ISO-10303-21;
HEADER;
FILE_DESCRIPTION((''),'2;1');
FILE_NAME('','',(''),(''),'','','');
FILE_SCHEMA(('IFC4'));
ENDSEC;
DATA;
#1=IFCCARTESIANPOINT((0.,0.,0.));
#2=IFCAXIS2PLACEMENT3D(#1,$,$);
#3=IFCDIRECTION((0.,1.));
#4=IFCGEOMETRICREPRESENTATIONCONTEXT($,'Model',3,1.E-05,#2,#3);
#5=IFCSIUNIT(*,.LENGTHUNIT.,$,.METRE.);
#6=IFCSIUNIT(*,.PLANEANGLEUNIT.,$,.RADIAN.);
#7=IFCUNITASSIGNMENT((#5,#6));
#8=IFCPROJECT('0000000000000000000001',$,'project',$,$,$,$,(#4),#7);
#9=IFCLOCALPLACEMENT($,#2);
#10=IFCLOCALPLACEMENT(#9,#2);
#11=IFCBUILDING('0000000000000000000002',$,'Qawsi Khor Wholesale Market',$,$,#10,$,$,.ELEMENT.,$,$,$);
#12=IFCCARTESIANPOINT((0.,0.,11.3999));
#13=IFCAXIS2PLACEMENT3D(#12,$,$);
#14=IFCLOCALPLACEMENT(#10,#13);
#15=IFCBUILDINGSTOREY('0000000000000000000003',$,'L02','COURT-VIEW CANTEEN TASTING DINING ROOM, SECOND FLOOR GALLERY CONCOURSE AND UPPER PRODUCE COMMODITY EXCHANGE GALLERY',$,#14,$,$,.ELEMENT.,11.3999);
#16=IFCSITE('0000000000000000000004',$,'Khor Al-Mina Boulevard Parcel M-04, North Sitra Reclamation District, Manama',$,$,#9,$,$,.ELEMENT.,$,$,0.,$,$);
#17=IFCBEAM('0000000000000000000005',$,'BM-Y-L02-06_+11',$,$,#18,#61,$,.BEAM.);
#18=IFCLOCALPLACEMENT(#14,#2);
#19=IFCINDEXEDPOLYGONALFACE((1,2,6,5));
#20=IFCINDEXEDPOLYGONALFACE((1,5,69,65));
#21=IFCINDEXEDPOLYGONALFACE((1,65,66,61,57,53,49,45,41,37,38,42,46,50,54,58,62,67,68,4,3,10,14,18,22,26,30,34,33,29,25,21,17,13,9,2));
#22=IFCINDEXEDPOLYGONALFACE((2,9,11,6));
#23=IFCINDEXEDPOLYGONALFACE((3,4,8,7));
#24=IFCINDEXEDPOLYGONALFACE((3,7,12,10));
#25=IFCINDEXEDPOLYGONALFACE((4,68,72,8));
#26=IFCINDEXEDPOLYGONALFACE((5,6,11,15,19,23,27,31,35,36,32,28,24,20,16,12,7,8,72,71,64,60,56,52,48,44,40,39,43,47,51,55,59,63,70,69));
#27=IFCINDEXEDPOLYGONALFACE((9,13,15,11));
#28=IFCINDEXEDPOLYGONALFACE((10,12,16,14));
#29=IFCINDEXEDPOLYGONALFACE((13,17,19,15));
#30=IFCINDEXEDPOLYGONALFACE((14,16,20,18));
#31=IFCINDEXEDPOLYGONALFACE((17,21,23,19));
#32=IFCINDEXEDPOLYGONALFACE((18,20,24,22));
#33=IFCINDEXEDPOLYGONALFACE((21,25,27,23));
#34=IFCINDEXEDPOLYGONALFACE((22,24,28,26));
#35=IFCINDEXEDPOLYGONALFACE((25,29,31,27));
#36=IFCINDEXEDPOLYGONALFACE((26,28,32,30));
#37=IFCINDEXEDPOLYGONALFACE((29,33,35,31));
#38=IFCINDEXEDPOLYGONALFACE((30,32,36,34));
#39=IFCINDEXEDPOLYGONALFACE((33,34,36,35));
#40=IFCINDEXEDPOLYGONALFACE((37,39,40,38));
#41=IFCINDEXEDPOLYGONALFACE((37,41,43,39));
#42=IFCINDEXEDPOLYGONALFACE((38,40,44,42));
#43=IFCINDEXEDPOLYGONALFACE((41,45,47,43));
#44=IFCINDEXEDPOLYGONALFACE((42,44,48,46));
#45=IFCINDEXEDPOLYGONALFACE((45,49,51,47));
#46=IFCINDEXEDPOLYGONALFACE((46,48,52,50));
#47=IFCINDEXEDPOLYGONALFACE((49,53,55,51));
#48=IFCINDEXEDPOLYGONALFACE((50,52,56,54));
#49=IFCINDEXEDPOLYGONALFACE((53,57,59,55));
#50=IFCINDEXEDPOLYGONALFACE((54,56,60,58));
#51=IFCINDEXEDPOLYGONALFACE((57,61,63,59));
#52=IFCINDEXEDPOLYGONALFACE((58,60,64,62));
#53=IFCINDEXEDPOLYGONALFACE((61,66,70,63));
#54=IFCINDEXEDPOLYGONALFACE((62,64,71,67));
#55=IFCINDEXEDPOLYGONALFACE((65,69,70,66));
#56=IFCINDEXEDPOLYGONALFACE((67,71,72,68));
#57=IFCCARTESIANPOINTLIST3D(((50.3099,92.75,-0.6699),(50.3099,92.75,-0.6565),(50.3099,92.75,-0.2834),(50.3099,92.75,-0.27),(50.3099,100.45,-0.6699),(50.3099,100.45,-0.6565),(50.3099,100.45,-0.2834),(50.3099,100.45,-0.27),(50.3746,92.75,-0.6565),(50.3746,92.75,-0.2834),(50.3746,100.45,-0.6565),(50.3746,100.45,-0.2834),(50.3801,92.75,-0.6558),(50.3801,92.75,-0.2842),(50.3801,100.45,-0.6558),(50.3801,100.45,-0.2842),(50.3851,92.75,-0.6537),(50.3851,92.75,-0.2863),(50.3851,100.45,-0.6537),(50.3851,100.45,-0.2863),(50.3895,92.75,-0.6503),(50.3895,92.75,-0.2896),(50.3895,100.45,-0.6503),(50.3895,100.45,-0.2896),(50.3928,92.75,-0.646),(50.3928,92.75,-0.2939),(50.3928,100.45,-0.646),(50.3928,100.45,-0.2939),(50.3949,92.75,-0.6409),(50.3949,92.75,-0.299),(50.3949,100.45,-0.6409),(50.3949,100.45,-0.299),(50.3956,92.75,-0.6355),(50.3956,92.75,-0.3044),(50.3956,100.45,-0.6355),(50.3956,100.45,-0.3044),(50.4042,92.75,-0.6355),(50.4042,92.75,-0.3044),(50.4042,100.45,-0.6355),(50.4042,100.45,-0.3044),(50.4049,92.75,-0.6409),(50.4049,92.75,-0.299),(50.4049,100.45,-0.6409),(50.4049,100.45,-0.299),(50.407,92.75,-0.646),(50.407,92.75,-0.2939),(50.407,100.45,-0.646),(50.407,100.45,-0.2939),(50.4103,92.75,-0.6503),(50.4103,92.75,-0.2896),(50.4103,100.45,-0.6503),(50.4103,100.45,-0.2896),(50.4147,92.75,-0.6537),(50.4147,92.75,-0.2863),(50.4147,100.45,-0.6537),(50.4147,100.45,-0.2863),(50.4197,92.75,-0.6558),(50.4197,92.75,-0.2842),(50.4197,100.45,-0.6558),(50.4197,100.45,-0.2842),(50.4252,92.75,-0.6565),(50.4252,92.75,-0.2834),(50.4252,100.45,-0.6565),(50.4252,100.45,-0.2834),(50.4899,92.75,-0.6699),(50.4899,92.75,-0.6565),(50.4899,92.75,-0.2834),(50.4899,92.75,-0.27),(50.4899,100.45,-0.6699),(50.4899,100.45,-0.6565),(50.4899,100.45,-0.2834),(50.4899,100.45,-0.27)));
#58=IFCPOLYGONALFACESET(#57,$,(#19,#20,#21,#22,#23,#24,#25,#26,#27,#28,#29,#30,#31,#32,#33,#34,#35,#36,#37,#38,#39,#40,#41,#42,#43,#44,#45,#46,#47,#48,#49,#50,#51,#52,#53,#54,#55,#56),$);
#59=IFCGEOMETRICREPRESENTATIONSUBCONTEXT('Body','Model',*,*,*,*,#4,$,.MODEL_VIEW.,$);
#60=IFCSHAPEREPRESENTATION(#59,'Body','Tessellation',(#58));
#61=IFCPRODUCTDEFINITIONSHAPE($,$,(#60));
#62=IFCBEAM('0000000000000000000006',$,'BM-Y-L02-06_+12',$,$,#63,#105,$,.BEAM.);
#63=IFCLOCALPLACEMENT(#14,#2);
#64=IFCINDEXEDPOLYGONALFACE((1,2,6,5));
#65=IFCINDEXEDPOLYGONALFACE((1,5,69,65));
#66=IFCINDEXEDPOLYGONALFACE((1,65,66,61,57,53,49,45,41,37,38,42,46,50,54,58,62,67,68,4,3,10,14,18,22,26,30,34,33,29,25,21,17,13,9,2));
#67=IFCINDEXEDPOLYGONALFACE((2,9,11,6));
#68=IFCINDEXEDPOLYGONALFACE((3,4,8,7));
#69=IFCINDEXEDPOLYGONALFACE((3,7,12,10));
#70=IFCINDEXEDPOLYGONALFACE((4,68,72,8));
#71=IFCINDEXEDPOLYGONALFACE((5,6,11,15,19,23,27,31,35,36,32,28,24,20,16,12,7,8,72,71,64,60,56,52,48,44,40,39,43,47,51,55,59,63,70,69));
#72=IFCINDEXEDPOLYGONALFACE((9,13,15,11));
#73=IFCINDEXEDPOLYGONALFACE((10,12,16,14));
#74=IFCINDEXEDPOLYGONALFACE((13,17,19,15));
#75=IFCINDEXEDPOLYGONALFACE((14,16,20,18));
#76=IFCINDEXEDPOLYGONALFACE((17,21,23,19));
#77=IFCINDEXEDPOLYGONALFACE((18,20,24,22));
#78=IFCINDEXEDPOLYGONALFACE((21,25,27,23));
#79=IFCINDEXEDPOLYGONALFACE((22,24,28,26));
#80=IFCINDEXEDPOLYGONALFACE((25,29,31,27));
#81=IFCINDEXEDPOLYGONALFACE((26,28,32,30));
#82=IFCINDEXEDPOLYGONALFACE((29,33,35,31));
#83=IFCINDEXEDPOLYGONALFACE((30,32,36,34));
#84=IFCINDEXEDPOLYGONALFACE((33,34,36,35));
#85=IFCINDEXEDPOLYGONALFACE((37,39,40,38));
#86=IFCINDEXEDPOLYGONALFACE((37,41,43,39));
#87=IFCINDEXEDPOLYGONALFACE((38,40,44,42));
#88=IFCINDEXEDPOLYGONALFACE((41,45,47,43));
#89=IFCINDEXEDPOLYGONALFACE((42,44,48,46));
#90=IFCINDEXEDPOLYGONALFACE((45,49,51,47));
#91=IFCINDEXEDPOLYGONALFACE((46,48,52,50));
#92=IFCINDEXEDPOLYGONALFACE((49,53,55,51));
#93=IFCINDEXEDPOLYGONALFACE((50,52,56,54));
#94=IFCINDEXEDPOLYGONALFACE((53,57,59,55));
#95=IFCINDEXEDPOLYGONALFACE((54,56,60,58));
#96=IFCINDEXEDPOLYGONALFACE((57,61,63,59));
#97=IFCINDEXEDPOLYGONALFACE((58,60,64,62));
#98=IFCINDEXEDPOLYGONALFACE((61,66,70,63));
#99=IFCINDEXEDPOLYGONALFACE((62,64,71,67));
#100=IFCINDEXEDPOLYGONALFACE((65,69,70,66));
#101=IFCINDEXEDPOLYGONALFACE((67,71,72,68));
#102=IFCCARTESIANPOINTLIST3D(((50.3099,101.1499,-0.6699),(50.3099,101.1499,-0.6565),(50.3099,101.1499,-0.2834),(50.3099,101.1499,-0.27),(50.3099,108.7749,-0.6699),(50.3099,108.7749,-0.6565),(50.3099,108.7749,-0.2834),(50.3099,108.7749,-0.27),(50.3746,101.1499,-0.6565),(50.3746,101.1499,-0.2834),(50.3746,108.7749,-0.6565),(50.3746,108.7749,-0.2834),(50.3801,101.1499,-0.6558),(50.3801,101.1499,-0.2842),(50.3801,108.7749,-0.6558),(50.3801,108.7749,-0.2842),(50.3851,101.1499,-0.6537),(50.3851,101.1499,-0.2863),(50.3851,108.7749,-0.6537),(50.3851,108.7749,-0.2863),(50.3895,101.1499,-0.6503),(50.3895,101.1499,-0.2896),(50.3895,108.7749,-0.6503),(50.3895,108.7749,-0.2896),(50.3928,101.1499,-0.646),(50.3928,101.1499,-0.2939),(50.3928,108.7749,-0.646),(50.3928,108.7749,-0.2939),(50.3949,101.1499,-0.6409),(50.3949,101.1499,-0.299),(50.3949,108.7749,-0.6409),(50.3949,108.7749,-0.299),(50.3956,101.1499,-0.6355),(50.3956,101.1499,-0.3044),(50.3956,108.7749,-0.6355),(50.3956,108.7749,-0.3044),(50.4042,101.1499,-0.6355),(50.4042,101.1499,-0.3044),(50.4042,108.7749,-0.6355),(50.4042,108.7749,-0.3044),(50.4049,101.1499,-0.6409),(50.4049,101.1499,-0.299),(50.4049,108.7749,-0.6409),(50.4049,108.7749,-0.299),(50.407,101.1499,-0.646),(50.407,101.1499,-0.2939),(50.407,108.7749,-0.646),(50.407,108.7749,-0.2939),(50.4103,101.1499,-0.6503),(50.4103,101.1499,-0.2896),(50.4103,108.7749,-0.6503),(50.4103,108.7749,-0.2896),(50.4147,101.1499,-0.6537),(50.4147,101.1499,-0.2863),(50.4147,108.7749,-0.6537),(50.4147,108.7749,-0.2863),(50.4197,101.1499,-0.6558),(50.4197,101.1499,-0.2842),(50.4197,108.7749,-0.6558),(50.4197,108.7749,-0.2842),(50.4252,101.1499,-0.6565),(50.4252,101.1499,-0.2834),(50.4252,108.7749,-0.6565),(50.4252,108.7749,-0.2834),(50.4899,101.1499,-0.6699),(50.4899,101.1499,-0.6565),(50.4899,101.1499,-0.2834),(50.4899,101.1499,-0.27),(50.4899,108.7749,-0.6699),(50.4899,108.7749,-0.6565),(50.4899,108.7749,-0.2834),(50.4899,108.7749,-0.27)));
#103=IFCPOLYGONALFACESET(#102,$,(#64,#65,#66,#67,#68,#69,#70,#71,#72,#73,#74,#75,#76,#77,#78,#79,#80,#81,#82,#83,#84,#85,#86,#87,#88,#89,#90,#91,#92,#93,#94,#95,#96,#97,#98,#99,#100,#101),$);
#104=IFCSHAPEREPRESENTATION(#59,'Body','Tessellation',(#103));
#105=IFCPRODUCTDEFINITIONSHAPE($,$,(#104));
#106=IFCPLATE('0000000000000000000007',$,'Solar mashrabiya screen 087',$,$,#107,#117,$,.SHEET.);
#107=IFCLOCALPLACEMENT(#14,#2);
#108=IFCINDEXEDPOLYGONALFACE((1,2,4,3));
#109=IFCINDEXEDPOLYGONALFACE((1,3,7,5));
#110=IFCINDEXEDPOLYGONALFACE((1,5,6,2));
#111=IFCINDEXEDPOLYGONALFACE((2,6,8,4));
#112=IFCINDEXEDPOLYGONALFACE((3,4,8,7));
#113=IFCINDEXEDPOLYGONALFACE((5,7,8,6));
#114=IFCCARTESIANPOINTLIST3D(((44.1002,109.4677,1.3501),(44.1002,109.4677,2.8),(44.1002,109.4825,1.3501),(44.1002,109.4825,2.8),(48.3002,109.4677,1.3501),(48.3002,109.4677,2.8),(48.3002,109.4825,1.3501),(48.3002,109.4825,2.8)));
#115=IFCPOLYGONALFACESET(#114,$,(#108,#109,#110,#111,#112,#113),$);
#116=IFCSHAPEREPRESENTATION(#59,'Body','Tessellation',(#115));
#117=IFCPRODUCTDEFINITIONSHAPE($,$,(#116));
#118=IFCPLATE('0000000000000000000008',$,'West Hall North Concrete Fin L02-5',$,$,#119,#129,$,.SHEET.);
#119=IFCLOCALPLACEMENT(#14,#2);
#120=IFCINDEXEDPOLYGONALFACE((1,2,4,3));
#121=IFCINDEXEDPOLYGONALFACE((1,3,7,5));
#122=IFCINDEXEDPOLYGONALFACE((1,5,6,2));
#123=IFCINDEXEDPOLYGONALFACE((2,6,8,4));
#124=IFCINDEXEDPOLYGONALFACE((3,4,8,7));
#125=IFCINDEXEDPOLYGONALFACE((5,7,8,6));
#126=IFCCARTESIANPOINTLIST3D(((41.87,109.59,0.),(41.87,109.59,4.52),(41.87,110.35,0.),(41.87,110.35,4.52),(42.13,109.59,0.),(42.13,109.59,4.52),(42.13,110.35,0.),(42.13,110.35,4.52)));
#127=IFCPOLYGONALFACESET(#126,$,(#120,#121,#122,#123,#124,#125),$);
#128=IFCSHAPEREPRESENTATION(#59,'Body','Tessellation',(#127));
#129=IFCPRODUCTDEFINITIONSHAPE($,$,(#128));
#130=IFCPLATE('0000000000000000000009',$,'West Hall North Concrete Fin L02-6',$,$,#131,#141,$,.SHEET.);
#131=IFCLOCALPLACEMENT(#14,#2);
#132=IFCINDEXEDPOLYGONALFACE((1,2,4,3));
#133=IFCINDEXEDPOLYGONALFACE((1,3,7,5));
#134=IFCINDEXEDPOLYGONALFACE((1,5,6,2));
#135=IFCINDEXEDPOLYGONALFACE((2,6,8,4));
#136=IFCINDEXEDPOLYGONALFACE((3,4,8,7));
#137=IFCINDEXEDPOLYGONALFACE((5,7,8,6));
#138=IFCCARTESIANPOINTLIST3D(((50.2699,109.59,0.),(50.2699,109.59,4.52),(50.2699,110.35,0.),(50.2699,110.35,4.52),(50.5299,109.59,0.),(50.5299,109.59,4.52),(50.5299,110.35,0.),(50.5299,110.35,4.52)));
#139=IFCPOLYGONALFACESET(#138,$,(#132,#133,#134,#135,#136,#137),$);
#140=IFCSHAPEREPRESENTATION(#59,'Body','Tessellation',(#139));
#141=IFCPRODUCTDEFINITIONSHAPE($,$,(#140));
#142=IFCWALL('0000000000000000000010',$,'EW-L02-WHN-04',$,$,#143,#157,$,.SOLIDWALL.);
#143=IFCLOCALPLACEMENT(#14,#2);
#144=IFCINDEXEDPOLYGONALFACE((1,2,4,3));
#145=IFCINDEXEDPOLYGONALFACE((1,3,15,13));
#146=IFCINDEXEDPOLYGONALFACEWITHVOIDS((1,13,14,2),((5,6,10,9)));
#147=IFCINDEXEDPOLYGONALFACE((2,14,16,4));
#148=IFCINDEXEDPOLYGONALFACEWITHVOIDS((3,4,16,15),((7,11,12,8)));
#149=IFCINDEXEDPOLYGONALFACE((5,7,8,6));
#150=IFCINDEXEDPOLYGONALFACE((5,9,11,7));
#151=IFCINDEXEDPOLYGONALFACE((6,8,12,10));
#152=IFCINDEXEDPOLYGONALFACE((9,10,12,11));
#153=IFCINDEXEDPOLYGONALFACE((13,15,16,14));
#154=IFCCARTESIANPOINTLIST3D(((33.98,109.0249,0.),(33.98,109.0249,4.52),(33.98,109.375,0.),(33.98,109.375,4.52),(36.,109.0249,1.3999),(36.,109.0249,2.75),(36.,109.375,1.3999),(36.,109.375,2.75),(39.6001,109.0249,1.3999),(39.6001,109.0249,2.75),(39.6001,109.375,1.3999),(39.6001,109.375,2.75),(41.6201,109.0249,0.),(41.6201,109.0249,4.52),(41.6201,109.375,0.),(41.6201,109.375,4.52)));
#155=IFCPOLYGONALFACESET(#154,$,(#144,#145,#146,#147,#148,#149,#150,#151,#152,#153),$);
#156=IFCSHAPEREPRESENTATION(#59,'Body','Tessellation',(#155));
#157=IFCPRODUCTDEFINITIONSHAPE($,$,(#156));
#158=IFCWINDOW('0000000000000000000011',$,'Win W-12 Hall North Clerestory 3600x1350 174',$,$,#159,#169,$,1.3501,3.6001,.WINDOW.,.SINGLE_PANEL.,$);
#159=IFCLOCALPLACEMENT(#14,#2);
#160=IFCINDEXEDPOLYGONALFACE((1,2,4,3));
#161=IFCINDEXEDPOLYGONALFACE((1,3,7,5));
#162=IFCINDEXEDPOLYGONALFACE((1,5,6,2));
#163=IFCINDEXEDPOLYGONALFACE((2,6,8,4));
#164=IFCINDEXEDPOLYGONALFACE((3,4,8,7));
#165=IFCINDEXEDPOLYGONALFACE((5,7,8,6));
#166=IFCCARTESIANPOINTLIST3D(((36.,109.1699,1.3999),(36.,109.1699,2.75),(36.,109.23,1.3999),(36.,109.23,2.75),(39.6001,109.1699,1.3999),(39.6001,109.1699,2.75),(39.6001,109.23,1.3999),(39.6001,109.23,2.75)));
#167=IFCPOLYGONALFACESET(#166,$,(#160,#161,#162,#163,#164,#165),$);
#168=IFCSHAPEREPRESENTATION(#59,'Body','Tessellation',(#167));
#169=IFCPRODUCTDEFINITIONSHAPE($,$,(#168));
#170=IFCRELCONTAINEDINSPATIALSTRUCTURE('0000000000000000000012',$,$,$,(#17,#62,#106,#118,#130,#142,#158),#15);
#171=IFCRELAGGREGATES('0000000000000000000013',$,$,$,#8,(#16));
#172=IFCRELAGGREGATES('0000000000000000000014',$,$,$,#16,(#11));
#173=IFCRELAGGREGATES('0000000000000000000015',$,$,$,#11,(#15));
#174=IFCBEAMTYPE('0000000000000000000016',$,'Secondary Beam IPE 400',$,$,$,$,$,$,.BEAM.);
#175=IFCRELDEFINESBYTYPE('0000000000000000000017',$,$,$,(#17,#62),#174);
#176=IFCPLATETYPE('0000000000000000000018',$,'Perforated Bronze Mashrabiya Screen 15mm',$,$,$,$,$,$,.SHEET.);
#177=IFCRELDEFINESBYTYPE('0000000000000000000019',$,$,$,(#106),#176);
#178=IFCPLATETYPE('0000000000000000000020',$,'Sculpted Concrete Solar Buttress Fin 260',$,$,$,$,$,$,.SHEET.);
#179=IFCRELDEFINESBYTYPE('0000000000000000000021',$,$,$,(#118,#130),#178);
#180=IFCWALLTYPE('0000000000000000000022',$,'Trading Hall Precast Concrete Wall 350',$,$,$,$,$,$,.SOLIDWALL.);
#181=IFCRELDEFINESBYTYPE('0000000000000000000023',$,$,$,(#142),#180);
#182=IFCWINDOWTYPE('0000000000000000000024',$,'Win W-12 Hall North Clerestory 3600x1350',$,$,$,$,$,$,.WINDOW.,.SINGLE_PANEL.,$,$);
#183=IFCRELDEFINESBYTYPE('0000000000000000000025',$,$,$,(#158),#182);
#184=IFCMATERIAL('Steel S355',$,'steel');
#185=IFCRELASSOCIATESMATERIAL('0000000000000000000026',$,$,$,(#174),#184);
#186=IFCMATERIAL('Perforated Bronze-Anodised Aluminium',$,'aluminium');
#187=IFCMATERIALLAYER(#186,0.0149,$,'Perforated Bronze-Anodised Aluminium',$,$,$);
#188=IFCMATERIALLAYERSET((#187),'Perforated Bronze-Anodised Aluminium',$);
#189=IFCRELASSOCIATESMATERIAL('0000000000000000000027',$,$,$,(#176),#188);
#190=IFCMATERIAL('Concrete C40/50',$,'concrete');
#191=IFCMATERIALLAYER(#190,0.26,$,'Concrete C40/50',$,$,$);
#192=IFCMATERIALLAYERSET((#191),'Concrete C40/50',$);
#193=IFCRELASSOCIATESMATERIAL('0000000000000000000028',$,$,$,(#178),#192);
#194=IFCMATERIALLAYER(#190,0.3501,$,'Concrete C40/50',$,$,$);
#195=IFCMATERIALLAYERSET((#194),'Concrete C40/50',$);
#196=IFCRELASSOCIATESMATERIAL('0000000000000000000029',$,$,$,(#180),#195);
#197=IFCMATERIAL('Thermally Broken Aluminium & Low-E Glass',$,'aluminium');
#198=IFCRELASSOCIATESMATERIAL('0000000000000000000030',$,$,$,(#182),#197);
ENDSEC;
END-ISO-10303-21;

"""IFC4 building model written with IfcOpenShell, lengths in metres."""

from ifc_helpers import new_model, si_unit, direction, frame, frame_2d, origin, origin_2d, place, context, subcontext, project, spatial, rectangle, i_section, extrude, material, layer, layer_set, material_profile, profile_set, type_object, element, fill, save


model = new_model("IFC4")

# Units and contexts
model_context = context("Model", 3, precision=1e-05, world=origin(), true_north=direction((0.0, 1.0)))
body_context = subcontext(model_context, "Body", "Model", "MODEL_VIEW")
ifc_project = project(units=[si_unit("LENGTHUNIT", "METRE"), si_unit("PLANEANGLEUNIT", "RADIAN")], contexts=[model_context])

# Site, building, storey
site_placement = place(None, origin())
site = spatial("IfcSite", under=ifc_project, at=site_placement, Name="Khor Al-Mina Boulevard Parcel M-04, North Sitra Reclamation District, Manama", CompositionType="ELEMENT", RefElevation=0.0)
building_placement = place(site_placement, origin())
building = spatial("IfcBuilding", under=site, at=building_placement, Name="Qawsi Khor Wholesale Market", CompositionType="ELEMENT")
storey_placement = place(building_placement, frame((0.0, 0.0, 11.3999)))
storey = spatial("IfcBuildingStorey", under=building, at=storey_placement, Name="L02", Description="COURT-VIEW CANTEEN TASTING DINING ROOM, SECOND FLOOR GALLERY CONCOURSE AND UPPER PRODUCE COMMODITY EXCHANGE GALLERY", CompositionType="ELEMENT", Elevation=11.3999)

# Shared definitions
ifc_material_1 = material(Name="Concrete C40/50", Category="concrete")

# Beams
ifc_material_2 = material(Name="Steel S355", Category="steel")
ifc_material_profile_1 = material_profile(ifc_material_2, i_section(OverallWidth=0.1799, OverallDepth=0.3999, WebThickness=0.0085, FlangeThickness=0.0134, FilletRadius=0.021, at=origin_2d()), Name="IPE 400")
ifc_profile_set_1 = profile_set([ifc_material_profile_1], Name="Steel S355")
beam_type_1 = type_object("IfcBeamType", Name="Secondary Beam IPE 400", PredefinedType="BEAM", material=ifc_profile_set_1)
beam_1_placement = place(storey_placement, frame((50.3999, 92.75, -0.47), z_axis=(0.0, 1.0, 0.0), x_axis=(-1.0, 0.0, 0.0)))
element("IfcBeam", 1, at=beam_1_placement, inside=storey, type_object=beam_type_1, Name="BM-Y-L02-06_+11", PredefinedType="BEAM", context=body_context, shape_type="SweptSolid", body=[
    extrude(i_section(OverallWidth=0.1799, OverallDepth=0.3999, WebThickness=0.0085, FlangeThickness=0.0134, FilletRadius=0.021, at=origin_2d()), origin(), (0.0, 0.0, 1.0), 7.7),
])
beam_2_placement = place(storey_placement, frame((50.3999, 101.1499, -0.47), z_axis=(0.0, 1.0, 0.0), x_axis=(-1.0, 0.0, 0.0)))
element("IfcBeam", 2, at=beam_2_placement, inside=storey, type_object=beam_type_1, Name="BM-Y-L02-06_+12", PredefinedType="BEAM", context=body_context, shape_type="SweptSolid", body=[
    extrude(i_section(OverallWidth=0.1799, OverallDepth=0.3999, WebThickness=0.0085, FlangeThickness=0.0134, FilletRadius=0.021, at=origin_2d()), origin(), (0.0, 0.0, 1.0), 7.625),
])

# Plates
ifc_material_3 = material(Name="Perforated Bronze-Anodised Aluminium", Category="aluminium")
ifc_layer_1 = layer(ifc_material_3, 0.0149, Name="Perforated Bronze-Anodised Aluminium")
ifc_layer_set_1 = layer_set([ifc_layer_1], Name="Perforated Bronze-Anodised Aluminium")
plate_type_1 = type_object("IfcPlateType", Name="Perforated Bronze Mashrabiya Screen 15mm", PredefinedType="SHEET", material=ifc_layer_set_1)
plate_placement = place(storey_placement, frame((44.1001, 109.4751, 1.3501), z_axis=(0.0, 0.0, 1.0), x_axis=(1.0, 0.0, 0.0)))
element("IfcPlate", 3, at=plate_placement, inside=storey, type_object=plate_type_1, Name="Solar mashrabiya screen 087", PredefinedType="SHEET", context=body_context, shape_type="SweptSolid", body=[
    extrude(rectangle(XDim=4.2, YDim=0.0149, at=frame_2d((2.1001, 0.0))), origin(), (0.0, 0.0, 1.0), 1.45),
])
ifc_layer_2 = layer(ifc_material_1, 0.26, Name="Concrete C40/50")
ifc_layer_set_2 = layer_set([ifc_layer_2], Name="Concrete C40/50")
plate_type_2 = type_object("IfcPlateType", Name="Sculpted Concrete Solar Buttress Fin 260", PredefinedType="SHEET", material=ifc_layer_set_2)
for number, where, z_axis, x_axis, name in (
    (4, (42.0, 109.5901, 0.0), (0.0, 0.0, 1.0), (0.0, 1.0, 0.0), "West Hall North Concrete Fin L02-5"),
    (5, (50.3999, 109.5901, 0.0), (0.0, 0.0, 1.0), (0.0, 1.0, 0.0), "West Hall North Concrete Fin L02-6"),
):
    element("IfcPlate", number, at=place(storey_placement, frame(where, z_axis=z_axis, x_axis=x_axis)), inside=storey, type_object=plate_type_2, Name=name, PredefinedType="SHEET", context=body_context, shape_type="SweptSolid", body=[
        extrude(rectangle(XDim=0.76, YDim=0.26, at=frame_2d((0.3799, 0.0))), origin(), (0.0, 0.0, 1.0), 4.52),
    ])

# Wall, opening, window
ifc_layer_3 = layer(ifc_material_1, 0.3501, Name="Concrete C40/50")
ifc_layer_set_3 = layer_set([ifc_layer_3], Name="Concrete C40/50")
wall_type = type_object("IfcWallType", Name="Trading Hall Precast Concrete Wall 350", PredefinedType="SOLIDWALL", material=ifc_layer_set_3)
wall_1_placement = place(storey_placement, frame((33.98, 109.2, 0.0), z_axis=(0.0, 0.0, 1.0), x_axis=(1.0, 0.0, 0.0)))
wall_1 = element("IfcWall", 6, at=wall_1_placement, inside=storey, type_object=wall_type, Name="EW-L02-WHN-04", PredefinedType="SOLIDWALL", context=body_context, shape_type="SweptSolid", body=[
    extrude(rectangle(XDim=7.6401, YDim=0.3501, at=frame_2d((3.8201, 0.0))), origin(), (0.0, 0.0, 1.0), 4.52),
])
opening_1_placement = place(wall_1_placement, frame((2.02, 0.0, 1.3999)))
opening_1 = element("IfcOpeningElement", 7, at=opening_1_placement, cuts=wall_1, PredefinedType="OPENING", context=body_context, shape_type="SweptSolid", body=[
    extrude(rectangle(XDim=3.6001, YDim=1.3501, at=frame_2d((1.8, 0.675))), frame((0.0, 0.1851, 0.0), z_axis=(0.0, -1.0, 0.0), x_axis=(1.0, 0.0, 0.0)), (0.0, 0.0, 1.0), 0.3701),
])
ifc_material_4 = material(Name="Thermally Broken Aluminium & Low-E Glass", Category="aluminium")
window_type = type_object("IfcWindowType", Name="Win W-12 Hall North Clerestory 3600x1350", PartitioningType="SINGLE_PANEL", PredefinedType="WINDOW", material=ifc_material_4)
window_1_placement = place(opening_1_placement, origin())
window_1 = element("IfcWindow", 8, at=window_1_placement, inside=storey, type_object=window_type, Name="Win W-12 Hall North Clerestory 3600x1350 174", OverallHeight=1.3501, OverallWidth=3.6001, PartitioningType="SINGLE_PANEL", PredefinedType="WINDOW", context=body_context, shape_type="SweptSolid", body=[
    extrude(rectangle(XDim=3.6001, YDim=1.3501, at=frame_2d((1.8, 0.675))), frame((0.0, 0.03, 0.0), z_axis=(0.0, -1.0, 0.0), x_axis=(1.0, 0.0, 0.0)), (0.0, 0.0, 1.0), 0.0601),
])
fill(opening_1, window_1)

save(model, "model.ifc")
